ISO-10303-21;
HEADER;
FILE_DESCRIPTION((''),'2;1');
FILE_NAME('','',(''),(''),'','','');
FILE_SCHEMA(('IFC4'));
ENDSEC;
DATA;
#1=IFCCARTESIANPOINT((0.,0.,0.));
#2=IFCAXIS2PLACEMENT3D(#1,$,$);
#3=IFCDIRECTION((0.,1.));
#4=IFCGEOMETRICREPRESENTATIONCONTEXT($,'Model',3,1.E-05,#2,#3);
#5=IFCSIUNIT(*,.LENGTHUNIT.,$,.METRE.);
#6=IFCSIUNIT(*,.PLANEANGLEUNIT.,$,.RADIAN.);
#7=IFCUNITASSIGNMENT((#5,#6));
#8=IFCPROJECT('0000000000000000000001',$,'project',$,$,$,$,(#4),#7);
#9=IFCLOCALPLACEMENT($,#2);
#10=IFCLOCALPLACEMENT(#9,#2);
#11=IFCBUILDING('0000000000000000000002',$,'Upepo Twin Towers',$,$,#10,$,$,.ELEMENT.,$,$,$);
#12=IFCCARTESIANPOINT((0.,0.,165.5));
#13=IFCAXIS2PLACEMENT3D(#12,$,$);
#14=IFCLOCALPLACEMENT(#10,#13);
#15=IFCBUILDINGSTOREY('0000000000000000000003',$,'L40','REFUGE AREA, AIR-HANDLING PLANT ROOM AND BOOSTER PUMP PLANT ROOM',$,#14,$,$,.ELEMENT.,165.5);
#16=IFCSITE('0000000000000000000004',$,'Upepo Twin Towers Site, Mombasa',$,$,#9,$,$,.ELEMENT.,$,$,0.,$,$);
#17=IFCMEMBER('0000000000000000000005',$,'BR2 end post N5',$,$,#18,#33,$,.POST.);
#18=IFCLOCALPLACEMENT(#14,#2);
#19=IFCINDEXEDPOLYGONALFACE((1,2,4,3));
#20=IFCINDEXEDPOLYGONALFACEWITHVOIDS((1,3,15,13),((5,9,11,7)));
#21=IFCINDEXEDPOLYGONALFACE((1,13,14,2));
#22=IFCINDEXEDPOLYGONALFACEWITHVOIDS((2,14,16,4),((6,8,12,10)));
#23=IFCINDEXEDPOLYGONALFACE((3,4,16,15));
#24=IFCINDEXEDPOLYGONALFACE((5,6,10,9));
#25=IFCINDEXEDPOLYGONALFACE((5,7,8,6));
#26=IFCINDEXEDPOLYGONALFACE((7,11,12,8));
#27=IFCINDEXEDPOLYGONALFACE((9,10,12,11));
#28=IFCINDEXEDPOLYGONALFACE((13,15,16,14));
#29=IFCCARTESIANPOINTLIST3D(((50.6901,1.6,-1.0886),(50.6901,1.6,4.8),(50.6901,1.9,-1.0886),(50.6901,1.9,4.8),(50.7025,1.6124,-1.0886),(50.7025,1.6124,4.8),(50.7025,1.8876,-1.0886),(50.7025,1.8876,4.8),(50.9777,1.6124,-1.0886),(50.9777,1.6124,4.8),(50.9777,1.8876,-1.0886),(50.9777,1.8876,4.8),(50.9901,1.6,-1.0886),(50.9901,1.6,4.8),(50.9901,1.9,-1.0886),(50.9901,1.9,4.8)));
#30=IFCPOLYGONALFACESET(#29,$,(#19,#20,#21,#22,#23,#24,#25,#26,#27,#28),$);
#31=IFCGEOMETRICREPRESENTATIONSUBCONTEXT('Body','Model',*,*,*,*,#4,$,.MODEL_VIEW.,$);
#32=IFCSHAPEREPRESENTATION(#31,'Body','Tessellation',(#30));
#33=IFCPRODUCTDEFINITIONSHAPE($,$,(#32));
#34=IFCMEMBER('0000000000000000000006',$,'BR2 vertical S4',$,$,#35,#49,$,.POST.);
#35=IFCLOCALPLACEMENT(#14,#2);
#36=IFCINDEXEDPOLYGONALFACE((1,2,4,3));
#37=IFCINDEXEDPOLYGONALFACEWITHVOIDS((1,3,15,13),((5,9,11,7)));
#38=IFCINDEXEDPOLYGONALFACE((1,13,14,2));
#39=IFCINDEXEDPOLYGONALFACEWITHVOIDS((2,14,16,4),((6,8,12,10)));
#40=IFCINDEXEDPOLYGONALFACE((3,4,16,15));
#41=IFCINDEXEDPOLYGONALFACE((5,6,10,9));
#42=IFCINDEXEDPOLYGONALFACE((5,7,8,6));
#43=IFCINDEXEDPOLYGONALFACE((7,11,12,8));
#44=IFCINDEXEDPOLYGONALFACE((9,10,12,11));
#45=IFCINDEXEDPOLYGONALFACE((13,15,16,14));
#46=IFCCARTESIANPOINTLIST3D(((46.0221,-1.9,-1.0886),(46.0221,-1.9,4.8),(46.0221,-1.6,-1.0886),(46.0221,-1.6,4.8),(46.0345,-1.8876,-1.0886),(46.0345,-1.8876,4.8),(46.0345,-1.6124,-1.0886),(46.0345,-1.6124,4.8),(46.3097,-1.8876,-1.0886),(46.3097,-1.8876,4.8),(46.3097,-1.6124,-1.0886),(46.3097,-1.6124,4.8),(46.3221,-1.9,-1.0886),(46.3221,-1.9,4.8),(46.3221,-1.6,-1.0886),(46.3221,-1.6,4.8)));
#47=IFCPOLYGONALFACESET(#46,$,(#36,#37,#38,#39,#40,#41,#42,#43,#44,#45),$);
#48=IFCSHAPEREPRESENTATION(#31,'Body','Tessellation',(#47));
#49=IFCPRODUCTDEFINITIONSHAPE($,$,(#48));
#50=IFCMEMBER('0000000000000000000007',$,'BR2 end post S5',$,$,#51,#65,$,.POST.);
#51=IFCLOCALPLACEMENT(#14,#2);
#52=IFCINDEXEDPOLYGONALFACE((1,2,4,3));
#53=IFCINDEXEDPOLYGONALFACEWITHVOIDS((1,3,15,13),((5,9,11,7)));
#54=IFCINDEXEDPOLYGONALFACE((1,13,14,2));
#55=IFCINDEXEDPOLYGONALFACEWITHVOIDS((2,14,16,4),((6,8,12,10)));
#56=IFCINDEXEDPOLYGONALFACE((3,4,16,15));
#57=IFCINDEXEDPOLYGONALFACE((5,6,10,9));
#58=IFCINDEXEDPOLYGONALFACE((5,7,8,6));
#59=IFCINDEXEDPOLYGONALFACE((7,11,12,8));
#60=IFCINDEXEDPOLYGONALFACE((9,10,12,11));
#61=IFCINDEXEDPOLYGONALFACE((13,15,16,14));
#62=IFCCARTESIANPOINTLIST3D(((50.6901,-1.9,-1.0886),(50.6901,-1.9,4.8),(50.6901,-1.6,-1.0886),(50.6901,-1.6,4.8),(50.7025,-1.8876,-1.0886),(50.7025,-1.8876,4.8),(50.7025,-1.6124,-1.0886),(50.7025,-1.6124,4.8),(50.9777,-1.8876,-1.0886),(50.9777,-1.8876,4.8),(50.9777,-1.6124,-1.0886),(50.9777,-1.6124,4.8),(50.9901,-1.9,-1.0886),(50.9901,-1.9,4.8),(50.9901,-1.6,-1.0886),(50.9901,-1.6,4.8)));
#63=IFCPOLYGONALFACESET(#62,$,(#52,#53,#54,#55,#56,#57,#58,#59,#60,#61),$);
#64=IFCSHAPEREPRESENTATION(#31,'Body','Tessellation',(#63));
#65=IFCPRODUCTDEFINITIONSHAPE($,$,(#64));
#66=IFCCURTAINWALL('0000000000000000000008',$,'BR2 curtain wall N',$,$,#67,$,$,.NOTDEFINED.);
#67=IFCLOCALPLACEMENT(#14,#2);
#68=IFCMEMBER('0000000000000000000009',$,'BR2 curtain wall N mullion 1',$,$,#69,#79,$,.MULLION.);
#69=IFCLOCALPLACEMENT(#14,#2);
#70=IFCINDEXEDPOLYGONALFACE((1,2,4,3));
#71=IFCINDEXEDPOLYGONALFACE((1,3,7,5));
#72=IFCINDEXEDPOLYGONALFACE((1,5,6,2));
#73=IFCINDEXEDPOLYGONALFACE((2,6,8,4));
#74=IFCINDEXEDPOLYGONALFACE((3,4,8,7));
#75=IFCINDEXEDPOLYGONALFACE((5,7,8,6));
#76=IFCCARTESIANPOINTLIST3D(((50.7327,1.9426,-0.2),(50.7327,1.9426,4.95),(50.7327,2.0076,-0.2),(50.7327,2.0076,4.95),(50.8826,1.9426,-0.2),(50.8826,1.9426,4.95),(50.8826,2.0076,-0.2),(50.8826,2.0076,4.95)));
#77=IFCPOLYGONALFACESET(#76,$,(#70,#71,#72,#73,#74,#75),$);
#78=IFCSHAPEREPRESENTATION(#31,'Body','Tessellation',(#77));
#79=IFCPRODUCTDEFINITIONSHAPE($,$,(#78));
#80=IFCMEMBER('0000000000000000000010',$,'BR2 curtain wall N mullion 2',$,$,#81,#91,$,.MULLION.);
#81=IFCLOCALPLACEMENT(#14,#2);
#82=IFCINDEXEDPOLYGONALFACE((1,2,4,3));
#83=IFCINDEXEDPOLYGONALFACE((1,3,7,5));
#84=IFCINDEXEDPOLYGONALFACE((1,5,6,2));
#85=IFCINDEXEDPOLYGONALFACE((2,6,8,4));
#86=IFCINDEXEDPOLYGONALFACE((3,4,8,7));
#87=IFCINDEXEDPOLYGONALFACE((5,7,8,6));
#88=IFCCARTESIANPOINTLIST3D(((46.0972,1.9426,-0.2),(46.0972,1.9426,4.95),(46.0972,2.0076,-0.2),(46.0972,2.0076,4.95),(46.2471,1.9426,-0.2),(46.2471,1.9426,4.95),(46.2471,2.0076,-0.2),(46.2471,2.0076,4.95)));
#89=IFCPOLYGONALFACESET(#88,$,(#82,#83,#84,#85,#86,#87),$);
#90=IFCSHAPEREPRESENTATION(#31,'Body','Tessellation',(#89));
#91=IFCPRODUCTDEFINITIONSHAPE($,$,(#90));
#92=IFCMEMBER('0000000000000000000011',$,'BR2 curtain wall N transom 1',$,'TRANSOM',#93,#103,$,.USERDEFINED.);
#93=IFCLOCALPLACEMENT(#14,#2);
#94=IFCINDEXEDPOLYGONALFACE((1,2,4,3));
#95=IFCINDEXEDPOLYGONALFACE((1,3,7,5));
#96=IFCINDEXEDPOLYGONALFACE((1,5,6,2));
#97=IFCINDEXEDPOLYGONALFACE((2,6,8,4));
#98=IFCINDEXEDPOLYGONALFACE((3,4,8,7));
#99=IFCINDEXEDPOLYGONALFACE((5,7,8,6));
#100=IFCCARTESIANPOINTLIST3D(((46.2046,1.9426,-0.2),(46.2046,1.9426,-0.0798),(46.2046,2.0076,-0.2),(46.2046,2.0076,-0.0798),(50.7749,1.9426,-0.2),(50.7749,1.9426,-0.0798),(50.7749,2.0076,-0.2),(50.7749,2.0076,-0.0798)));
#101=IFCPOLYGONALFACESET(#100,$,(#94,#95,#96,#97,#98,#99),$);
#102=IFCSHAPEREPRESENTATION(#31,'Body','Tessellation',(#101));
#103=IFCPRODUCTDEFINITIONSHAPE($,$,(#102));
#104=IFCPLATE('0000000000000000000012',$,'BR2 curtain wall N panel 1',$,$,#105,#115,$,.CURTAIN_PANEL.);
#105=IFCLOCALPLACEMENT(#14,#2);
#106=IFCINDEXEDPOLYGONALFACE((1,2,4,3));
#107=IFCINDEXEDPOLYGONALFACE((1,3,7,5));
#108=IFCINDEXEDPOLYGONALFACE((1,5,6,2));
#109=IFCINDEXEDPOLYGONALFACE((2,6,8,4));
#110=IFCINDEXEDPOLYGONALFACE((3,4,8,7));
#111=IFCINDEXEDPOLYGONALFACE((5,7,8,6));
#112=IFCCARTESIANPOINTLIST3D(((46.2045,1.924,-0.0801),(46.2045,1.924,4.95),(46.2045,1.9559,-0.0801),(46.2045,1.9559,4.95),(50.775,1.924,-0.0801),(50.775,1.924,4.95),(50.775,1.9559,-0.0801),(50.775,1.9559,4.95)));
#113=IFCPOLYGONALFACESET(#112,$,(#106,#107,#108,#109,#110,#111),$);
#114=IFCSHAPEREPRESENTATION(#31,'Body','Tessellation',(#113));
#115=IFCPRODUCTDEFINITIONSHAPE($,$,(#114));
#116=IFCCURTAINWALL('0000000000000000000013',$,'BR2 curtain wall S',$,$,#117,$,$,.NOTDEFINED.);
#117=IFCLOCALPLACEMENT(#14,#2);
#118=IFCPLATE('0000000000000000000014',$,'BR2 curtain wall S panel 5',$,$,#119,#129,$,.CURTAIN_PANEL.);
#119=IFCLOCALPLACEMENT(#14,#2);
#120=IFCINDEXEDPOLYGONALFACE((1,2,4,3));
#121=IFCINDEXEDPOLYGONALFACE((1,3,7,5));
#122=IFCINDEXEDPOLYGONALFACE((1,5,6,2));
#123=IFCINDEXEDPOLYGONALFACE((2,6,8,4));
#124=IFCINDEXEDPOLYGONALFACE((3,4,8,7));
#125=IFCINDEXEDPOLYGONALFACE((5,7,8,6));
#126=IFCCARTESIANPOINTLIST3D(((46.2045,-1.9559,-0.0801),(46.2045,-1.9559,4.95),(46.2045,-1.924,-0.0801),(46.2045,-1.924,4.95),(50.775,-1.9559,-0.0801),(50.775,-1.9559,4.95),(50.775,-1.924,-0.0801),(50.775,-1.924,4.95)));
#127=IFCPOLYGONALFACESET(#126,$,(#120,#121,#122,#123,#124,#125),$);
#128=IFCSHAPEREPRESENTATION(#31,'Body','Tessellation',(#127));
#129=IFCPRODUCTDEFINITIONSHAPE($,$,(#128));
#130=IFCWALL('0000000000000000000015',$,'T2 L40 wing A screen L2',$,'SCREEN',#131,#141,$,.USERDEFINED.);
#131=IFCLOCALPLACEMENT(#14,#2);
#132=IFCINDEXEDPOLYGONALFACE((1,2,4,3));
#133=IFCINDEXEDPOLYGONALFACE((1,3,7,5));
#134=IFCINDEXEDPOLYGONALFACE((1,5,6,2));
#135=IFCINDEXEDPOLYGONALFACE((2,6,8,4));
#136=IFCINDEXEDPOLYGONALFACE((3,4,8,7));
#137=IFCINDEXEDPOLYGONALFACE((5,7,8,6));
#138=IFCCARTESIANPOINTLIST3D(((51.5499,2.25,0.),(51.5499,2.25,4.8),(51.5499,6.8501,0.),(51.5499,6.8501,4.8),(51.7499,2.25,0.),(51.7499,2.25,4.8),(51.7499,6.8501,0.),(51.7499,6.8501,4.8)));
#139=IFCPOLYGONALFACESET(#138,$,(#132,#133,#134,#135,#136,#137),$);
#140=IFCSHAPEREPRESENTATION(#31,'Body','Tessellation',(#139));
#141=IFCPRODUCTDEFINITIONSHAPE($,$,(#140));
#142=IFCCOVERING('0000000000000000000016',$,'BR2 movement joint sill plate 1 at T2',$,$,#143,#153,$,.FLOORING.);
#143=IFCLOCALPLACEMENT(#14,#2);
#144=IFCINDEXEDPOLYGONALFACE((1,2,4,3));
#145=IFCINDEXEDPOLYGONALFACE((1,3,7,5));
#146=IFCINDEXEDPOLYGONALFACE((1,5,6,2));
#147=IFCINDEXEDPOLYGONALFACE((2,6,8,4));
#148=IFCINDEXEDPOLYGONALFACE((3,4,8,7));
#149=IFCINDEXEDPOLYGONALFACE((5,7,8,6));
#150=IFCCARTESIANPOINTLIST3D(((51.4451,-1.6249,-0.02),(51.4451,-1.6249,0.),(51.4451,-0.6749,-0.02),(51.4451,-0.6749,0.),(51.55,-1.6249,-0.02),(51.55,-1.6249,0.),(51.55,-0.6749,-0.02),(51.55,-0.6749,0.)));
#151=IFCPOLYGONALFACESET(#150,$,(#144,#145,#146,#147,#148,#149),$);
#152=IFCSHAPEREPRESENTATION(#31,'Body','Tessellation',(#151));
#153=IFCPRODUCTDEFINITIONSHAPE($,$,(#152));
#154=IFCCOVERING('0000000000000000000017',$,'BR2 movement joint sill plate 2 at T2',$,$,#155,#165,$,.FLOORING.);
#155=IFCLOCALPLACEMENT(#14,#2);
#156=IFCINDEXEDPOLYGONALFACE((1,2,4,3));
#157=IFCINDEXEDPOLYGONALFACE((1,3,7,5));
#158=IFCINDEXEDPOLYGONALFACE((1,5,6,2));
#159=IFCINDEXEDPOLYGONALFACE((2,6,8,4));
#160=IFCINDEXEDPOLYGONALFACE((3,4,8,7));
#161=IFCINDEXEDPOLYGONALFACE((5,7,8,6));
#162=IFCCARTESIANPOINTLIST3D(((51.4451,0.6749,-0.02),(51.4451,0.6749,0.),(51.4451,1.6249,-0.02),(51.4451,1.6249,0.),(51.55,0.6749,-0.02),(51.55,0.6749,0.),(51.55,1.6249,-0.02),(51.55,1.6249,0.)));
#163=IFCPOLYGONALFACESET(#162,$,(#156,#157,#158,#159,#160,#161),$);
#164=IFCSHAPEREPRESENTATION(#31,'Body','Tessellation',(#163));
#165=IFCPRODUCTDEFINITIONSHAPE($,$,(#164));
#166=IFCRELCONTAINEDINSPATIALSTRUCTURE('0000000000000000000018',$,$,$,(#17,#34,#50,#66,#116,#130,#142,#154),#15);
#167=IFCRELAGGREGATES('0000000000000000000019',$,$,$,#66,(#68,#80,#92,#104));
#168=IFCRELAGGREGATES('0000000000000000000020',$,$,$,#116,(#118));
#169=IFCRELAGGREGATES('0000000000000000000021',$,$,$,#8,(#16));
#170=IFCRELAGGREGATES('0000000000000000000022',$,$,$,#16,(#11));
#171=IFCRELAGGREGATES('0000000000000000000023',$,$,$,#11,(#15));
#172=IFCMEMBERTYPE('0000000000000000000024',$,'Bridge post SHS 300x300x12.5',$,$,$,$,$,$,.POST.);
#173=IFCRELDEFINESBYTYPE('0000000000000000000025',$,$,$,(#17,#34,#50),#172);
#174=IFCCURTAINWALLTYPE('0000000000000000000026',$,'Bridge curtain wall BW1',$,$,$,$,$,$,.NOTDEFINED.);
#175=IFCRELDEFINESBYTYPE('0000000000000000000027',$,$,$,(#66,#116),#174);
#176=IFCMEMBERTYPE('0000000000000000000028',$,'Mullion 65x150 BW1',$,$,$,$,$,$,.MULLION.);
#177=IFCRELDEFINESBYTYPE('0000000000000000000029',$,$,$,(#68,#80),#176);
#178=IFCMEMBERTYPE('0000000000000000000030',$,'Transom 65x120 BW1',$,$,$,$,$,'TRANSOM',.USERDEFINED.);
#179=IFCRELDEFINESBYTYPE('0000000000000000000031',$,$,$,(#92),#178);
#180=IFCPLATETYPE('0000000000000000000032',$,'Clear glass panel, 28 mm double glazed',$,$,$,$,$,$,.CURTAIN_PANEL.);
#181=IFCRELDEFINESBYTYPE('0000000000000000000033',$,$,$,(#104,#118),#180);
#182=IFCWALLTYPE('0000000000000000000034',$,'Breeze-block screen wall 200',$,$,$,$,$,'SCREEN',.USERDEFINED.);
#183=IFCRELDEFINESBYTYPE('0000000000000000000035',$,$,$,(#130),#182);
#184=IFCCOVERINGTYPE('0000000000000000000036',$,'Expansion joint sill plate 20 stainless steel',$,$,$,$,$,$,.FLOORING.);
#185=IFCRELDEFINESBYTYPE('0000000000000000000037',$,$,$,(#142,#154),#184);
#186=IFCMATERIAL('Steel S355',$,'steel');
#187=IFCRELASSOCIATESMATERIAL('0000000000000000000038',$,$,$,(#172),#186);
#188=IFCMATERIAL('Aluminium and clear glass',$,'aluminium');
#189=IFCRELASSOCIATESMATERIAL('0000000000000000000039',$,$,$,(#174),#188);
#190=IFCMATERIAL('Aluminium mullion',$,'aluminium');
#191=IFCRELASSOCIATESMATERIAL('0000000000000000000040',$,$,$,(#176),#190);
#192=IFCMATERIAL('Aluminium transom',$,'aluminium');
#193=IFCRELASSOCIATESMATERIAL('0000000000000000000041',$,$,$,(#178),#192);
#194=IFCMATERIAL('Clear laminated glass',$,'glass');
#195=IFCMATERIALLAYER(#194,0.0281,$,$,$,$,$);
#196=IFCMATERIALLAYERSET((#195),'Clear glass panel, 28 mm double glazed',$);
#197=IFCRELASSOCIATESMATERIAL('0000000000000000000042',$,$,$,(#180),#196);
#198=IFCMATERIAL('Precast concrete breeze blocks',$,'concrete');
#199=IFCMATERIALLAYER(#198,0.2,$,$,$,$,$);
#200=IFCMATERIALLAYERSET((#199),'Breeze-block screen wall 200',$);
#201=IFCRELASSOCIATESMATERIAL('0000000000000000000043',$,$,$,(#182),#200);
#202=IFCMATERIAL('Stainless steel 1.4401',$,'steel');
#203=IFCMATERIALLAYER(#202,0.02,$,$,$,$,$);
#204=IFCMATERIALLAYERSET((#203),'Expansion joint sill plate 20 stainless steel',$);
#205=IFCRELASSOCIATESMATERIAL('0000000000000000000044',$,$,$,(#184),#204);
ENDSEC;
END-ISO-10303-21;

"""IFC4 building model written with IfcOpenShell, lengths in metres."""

from ifc_helpers import new_model, si_unit, direction, frame, frame_2d, origin, origin_2d, place, context, subcontext, project, spatial, rectangle, hollow_rectangle, extrude, material, layer, layer_set, material_profile, profile_set, type_object, element, aggregate, save


model = new_model("IFC4")

# Units and contexts
model_context = context("Model", 3, precision=1e-05, world=origin(), true_north=direction((0.0, 1.0)))
body_context = subcontext(model_context, "Body", "Model", "MODEL_VIEW")
ifc_project = project(units=[si_unit("LENGTHUNIT", "METRE"), si_unit("PLANEANGLEUNIT", "RADIAN")], contexts=[model_context])

# Site, building, storey
site_placement = place(None, origin())
site = spatial("IfcSite", under=ifc_project, at=site_placement, Name="Upepo Twin Towers Site, Mombasa", CompositionType="ELEMENT", RefElevation=0.0)
building_placement = place(site_placement, origin())
building = spatial("IfcBuilding", under=site, at=building_placement, Name="Upepo Twin Towers", CompositionType="ELEMENT")
storey_placement = place(building_placement, frame((0.0, 0.0, 165.5)))
storey = spatial("IfcBuildingStorey", under=building, at=storey_placement, Name="L40", Description="REFUGE AREA, AIR-HANDLING PLANT ROOM AND BOOSTER PUMP PLANT ROOM", CompositionType="ELEMENT", Elevation=165.5)

# Members
ifc_material_1 = material(Name="Steel S355", Category="steel")
ifc_material_profile_1 = material_profile(ifc_material_1, hollow_rectangle(XDim=0.3, YDim=0.3, WallThickness=0.0125, at=origin_2d()), Name="SHS 300x300x12.5")
ifc_profile_set_1 = profile_set([ifc_material_profile_1], Name="Steel S355")
member_type_1 = type_object("IfcMemberType", Name="Bridge post SHS 300x300x12.5", PredefinedType="POST", material=ifc_profile_set_1)
for number, where, z_axis, x_axis, name in (
    (1, (50.8401, 1.75, -1.0886), (0.0, 0.0, 1.0), (1.0, 0.0, 0.0), "BR2 end post N5"),
    (2, (46.1721, -1.75, -1.0886), (0.0, 0.0, 1.0), (1.0, 0.0, 0.0), "BR2 vertical S4"),
    (3, (50.8401, -1.75, -1.0886), (0.0, 0.0, 1.0), (1.0, 0.0, 0.0), "BR2 end post S5"),
):
    element("IfcMember", number, at=place(storey_placement, frame(where, z_axis=z_axis, x_axis=x_axis)), inside=storey, type_object=member_type_1, Name=name, PredefinedType="POST", context=body_context, shape_type="SweptSolid", body=[
        extrude(hollow_rectangle(XDim=0.3, YDim=0.3, WallThickness=0.0125, at=origin_2d()), origin(), (0.0, 0.0, 1.0), 5.8887),
    ])

# Curtain wall, members, plate
ifc_material_2 = material(Name="Aluminium and clear glass", Category="aluminium")
curtain_wall_type = type_object("IfcCurtainWallType", Name="Bridge curtain wall BW1", PredefinedType="NOTDEFINED", material=ifc_material_2)
curtain_wall_1_placement = place(storey_placement, origin())
curtain_wall_1 = element("IfcCurtainWall", 4, at=curtain_wall_1_placement, inside=storey, type_object=curtain_wall_type, Name="BR2 curtain wall N", PredefinedType="NOTDEFINED")
ifc_material_3 = material(Name="Aluminium mullion", Category="aluminium")
ifc_material_profile_2 = material_profile(ifc_material_3, rectangle(XDim=0.0649, YDim=0.1499, at=origin_2d()), Name="MULLION 65x150 BRIDGE")
ifc_profile_set_2 = profile_set([ifc_material_profile_2], Name="Aluminium mullion")
member_type_2 = type_object("IfcMemberType", Name="Mullion 65x150 BW1", PredefinedType="MULLION", material=ifc_profile_set_2)
member_1_placement = place(storey_placement, frame((50.8076, 1.9751, -0.2), z_axis=(0.0, 0.0, 1.0), x_axis=(0.0, -1.0, 0.0)))
member_1 = element("IfcMember", 5, at=member_1_placement, type_object=member_type_2, Name="BR2 curtain wall N mullion 1", PredefinedType="MULLION", context=body_context, shape_type="SweptSolid", body=[
    extrude(rectangle(XDim=0.0649, YDim=0.1499, at=origin_2d()), origin(), (0.0, 0.0, 1.0), 5.1499),
])
member_2_placement = place(storey_placement, frame((46.1721, 1.9751, -0.2), z_axis=(0.0, 0.0, 1.0), x_axis=(0.0, -1.0, 0.0)))
member_2 = element("IfcMember", 6, at=member_2_placement, type_object=member_type_2, Name="BR2 curtain wall N mullion 2", PredefinedType="MULLION", context=body_context, shape_type="SweptSolid", body=[
    extrude(rectangle(XDim=0.0649, YDim=0.1499, at=origin_2d()), origin(), (0.0, 0.0, 1.0), 5.1499),
])
ifc_material_4 = material(Name="Aluminium transom", Category="aluminium")
ifc_material_profile_3 = material_profile(ifc_material_4, rectangle(XDim=0.0649, YDim=0.1201, at=origin_2d()), Name="TRANSOM 65x120 BRIDGE")
ifc_profile_set_3 = profile_set([ifc_material_profile_3], Name="Aluminium transom")
member_type_3 = type_object("IfcMemberType", Name="Transom 65x120 BW1", ElementType="TRANSOM", PredefinedType="USERDEFINED", material=ifc_profile_set_3)
member_3_placement = place(storey_placement, frame((50.7749, 1.9751, -0.1399), z_axis=(-1.0, 0.0, 0.0), x_axis=(0.0, -1.0, 0.0)))
member_3 = element("IfcMember", 7, at=member_3_placement, type_object=member_type_3, Name="BR2 curtain wall N transom 1", ObjectType="TRANSOM", PredefinedType="USERDEFINED", context=body_context, shape_type="SweptSolid", body=[
    extrude(rectangle(XDim=0.0649, YDim=0.1201, at=origin_2d()), origin(), (0.0, 0.0, 1.0), 4.5703),
])
ifc_material_5 = material(Name="Clear laminated glass", Category="glass")
ifc_layer_1 = layer(ifc_material_5, 0.0281)
ifc_layer_set_1 = layer_set([ifc_layer_1], Name="Clear glass panel, 28 mm double glazed")
plate_type = type_object("IfcPlateType", Name="Clear glass panel, 28 mm double glazed", PredefinedType="CURTAIN_PANEL", material=ifc_layer_set_1)
plate_1_placement = place(storey_placement, frame((48.4897, 1.9399, -0.0801), z_axis=(0.0, 0.0, 1.0), x_axis=(-1.0, 0.0, 0.0)))
plate_1 = element("IfcPlate", 8, at=plate_1_placement, type_object=plate_type, Name="BR2 curtain wall N panel 1", PredefinedType="CURTAIN_PANEL", context=body_context, shape_type="SweptSolid", body=[
    extrude(rectangle(XDim=4.5706, YDim=0.032, at=origin_2d()), origin(), (0.0, 0.0, 1.0), 5.03),
])
aggregate(curtain_wall_1, [member_1, member_2, member_3, plate_1])

# Curtain wall, plate
curtain_wall_2_placement = place(storey_placement, origin())
curtain_wall_2 = element("IfcCurtainWall", 9, at=curtain_wall_2_placement, inside=storey, type_object=curtain_wall_type, Name="BR2 curtain wall S", PredefinedType="NOTDEFINED")
plate_2_placement = place(storey_placement, frame((48.4897, -1.9399, -0.0801), z_axis=(0.0, 0.0, 1.0), x_axis=(1.0, 0.0, 0.0)))
plate_2 = element("IfcPlate", 10, at=plate_2_placement, type_object=plate_type, Name="BR2 curtain wall S panel 5", PredefinedType="CURTAIN_PANEL", context=body_context, shape_type="SweptSolid", body=[
    extrude(rectangle(XDim=4.5706, YDim=0.032, at=origin_2d()), origin(), (0.0, 0.0, 1.0), 5.03),
])
aggregate(curtain_wall_2, [plate_2])

# Wall
ifc_material_6 = material(Name="Precast concrete breeze blocks", Category="concrete")
ifc_layer_2 = layer(ifc_material_6, 0.2)
ifc_layer_set_2 = layer_set([ifc_layer_2], Name="Breeze-block screen wall 200")
wall_type = type_object("IfcWallType", Name="Breeze-block screen wall 200", ElementType="SCREEN", PredefinedType="USERDEFINED", material=ifc_layer_set_2)
wall_placement = place(storey_placement, frame((51.6499, 2.25, 0.0), z_axis=(0.0, 0.0, 1.0), x_axis=(0.0, 1.0, 0.0)))
element("IfcWall", 11, at=wall_placement, inside=storey, type_object=wall_type, Name="T2 L40 wing A screen L2", ObjectType="SCREEN", PredefinedType="USERDEFINED", context=body_context, shape_type="SweptSolid", body=[
    extrude(rectangle(XDim=4.6001, YDim=0.2, at=frame_2d((2.3, 0.0))), origin(), (0.0, 0.0, 1.0), 4.8),
])

# Coverings
ifc_material_7 = material(Name="Stainless steel 1.4401", Category="steel")
ifc_layer_3 = layer(ifc_material_7, 0.02)
ifc_layer_set_3 = layer_set([ifc_layer_3], Name="Expansion joint sill plate 20 stainless steel")
covering_type = type_object("IfcCoveringType", Name="Expansion joint sill plate 20 stainless steel", PredefinedType="FLOORING", material=ifc_layer_set_3)
for number, where, z_axis, x_axis, name in (
    (12, (51.4976, -1.1499, -0.02), (0.0, 0.0, 1.0), (1.0, 0.0, 0.0), "BR2 movement joint sill plate 1 at T2"),
    (13, (51.4976, 1.1499, -0.02), (0.0, 0.0, 1.0), (1.0, 0.0, 0.0), "BR2 movement joint sill plate 2 at T2"),
):
    element("IfcCovering", number, at=place(storey_placement, frame(where, z_axis=z_axis, x_axis=x_axis)), inside=storey, type_object=covering_type, Name=name, PredefinedType="FLOORING", context=body_context, shape_type="SweptSolid", body=[
        extrude(rectangle(XDim=0.105, YDim=0.95, at=origin_2d()), origin(), (0.0, 0.0, 1.0), 0.02),
    ])

save(model, "model.ifc")
